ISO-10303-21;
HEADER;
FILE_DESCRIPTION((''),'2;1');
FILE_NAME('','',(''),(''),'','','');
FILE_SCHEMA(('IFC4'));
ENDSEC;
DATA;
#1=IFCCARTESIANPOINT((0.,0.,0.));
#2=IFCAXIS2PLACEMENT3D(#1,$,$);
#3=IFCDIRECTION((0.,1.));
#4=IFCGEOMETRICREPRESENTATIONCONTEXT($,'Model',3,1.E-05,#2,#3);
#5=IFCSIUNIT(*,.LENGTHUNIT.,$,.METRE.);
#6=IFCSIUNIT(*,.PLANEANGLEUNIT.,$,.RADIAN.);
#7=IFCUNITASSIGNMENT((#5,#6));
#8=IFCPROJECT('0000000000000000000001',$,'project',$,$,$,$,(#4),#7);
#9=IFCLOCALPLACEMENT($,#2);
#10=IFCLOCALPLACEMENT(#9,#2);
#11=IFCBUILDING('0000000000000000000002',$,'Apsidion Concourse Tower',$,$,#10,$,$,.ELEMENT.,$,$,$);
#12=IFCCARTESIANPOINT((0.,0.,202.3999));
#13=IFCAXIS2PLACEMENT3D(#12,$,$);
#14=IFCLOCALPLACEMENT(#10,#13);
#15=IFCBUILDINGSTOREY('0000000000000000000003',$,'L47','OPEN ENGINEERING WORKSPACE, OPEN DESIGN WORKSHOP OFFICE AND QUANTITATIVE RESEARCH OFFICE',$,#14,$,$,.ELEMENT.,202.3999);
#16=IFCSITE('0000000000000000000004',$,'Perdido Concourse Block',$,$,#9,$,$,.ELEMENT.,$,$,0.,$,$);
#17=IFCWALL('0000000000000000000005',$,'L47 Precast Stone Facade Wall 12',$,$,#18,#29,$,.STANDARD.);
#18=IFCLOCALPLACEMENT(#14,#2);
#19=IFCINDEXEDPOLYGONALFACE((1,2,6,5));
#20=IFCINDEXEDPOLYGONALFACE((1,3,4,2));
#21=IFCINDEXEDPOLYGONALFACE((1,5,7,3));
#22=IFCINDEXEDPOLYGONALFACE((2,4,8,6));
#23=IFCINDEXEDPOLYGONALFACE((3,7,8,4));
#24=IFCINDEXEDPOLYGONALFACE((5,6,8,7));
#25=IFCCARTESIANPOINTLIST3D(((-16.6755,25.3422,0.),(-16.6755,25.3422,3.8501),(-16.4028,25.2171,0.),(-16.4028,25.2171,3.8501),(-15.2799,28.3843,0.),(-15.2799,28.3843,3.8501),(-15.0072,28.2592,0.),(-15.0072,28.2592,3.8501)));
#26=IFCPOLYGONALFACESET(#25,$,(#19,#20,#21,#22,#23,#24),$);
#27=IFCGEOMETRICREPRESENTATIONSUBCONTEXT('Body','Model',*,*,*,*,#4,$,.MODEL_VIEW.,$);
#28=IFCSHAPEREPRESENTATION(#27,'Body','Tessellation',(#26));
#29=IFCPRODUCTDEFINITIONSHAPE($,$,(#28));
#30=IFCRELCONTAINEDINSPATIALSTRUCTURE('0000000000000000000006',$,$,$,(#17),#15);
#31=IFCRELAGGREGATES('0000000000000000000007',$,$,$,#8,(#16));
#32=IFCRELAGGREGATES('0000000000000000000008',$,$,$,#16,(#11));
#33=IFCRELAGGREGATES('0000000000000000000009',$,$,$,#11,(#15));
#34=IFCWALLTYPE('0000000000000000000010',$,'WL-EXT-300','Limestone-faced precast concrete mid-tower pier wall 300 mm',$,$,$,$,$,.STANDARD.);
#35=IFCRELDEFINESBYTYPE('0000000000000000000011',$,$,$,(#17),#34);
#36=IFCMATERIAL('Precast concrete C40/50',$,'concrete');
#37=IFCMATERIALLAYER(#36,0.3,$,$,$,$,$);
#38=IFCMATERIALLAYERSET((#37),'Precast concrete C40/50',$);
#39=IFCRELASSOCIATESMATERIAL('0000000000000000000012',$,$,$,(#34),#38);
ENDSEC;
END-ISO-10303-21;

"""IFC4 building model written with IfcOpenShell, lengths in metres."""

from ifc_helpers import new_model, si_unit, direction, frame, frame_2d, origin, place, context, subcontext, project, spatial, rectangle, extrude, material, layer, layer_set, type_object, element, save


model = new_model("IFC4")

# Units and contexts
model_context = context("Model", 3, precision=1e-05, world=origin(), true_north=direction((0.0, 1.0)))
body_context = subcontext(model_context, "Body", "Model", "MODEL_VIEW")
ifc_project = project(units=[si_unit("LENGTHUNIT", "METRE"), si_unit("PLANEANGLEUNIT", "RADIAN")], contexts=[model_context])

# Site, building, storey
site_placement = place(None, origin())
site = spatial("IfcSite", under=ifc_project, at=site_placement, Name="Perdido Concourse Block", CompositionType="ELEMENT", RefElevation=0.0)
building_placement = place(site_placement, origin())
building = spatial("IfcBuilding", under=site, at=building_placement, Name="Apsidion Concourse Tower", CompositionType="ELEMENT")
storey_placement = place(building_placement, frame((0.0, 0.0, 202.3999)))
storey = spatial("IfcBuildingStorey", under=building, at=storey_placement, Name="L47", Description="OPEN ENGINEERING WORKSPACE, OPEN DESIGN WORKSHOP OFFICE AND QUANTITATIVE RESEARCH OFFICE", CompositionType="ELEMENT", Elevation=202.3999)

# Shared definitions
ifc_material_1 = material(Name="Precast concrete C40/50", Category="concrete")
ifc_layer = layer(ifc_material_1, 0.3)
ifc_layer_set = layer_set([ifc_layer], Name="Precast concrete C40/50")
wall_type = type_object("IfcWallType", Name="WL-EXT-300", Description="Limestone-faced precast concrete mid-tower pier wall 300 mm", PredefinedType="STANDARD", material=ifc_layer_set)

# Wall
wall_1_placement = place(storey_placement, frame((-16.5391, 25.2798, 0.0), z_axis=(0.0, 0.0, 1.0), x_axis=(0.416966, 0.908922, 0.0)))
element("IfcWall", 1, at=wall_1_placement, inside=storey, type_object=wall_type, Name="L47 Precast Stone Facade Wall 12", PredefinedType="STANDARD", context=body_context, shape_type="SweptSolid", body=[
    extrude(rectangle(XDim=3.3469, YDim=0.3, at=frame_2d((1.6733, 0.0))), origin(), (0.0, 0.0, 1.0), 3.8501),
])

save(model, "model.ifc")
